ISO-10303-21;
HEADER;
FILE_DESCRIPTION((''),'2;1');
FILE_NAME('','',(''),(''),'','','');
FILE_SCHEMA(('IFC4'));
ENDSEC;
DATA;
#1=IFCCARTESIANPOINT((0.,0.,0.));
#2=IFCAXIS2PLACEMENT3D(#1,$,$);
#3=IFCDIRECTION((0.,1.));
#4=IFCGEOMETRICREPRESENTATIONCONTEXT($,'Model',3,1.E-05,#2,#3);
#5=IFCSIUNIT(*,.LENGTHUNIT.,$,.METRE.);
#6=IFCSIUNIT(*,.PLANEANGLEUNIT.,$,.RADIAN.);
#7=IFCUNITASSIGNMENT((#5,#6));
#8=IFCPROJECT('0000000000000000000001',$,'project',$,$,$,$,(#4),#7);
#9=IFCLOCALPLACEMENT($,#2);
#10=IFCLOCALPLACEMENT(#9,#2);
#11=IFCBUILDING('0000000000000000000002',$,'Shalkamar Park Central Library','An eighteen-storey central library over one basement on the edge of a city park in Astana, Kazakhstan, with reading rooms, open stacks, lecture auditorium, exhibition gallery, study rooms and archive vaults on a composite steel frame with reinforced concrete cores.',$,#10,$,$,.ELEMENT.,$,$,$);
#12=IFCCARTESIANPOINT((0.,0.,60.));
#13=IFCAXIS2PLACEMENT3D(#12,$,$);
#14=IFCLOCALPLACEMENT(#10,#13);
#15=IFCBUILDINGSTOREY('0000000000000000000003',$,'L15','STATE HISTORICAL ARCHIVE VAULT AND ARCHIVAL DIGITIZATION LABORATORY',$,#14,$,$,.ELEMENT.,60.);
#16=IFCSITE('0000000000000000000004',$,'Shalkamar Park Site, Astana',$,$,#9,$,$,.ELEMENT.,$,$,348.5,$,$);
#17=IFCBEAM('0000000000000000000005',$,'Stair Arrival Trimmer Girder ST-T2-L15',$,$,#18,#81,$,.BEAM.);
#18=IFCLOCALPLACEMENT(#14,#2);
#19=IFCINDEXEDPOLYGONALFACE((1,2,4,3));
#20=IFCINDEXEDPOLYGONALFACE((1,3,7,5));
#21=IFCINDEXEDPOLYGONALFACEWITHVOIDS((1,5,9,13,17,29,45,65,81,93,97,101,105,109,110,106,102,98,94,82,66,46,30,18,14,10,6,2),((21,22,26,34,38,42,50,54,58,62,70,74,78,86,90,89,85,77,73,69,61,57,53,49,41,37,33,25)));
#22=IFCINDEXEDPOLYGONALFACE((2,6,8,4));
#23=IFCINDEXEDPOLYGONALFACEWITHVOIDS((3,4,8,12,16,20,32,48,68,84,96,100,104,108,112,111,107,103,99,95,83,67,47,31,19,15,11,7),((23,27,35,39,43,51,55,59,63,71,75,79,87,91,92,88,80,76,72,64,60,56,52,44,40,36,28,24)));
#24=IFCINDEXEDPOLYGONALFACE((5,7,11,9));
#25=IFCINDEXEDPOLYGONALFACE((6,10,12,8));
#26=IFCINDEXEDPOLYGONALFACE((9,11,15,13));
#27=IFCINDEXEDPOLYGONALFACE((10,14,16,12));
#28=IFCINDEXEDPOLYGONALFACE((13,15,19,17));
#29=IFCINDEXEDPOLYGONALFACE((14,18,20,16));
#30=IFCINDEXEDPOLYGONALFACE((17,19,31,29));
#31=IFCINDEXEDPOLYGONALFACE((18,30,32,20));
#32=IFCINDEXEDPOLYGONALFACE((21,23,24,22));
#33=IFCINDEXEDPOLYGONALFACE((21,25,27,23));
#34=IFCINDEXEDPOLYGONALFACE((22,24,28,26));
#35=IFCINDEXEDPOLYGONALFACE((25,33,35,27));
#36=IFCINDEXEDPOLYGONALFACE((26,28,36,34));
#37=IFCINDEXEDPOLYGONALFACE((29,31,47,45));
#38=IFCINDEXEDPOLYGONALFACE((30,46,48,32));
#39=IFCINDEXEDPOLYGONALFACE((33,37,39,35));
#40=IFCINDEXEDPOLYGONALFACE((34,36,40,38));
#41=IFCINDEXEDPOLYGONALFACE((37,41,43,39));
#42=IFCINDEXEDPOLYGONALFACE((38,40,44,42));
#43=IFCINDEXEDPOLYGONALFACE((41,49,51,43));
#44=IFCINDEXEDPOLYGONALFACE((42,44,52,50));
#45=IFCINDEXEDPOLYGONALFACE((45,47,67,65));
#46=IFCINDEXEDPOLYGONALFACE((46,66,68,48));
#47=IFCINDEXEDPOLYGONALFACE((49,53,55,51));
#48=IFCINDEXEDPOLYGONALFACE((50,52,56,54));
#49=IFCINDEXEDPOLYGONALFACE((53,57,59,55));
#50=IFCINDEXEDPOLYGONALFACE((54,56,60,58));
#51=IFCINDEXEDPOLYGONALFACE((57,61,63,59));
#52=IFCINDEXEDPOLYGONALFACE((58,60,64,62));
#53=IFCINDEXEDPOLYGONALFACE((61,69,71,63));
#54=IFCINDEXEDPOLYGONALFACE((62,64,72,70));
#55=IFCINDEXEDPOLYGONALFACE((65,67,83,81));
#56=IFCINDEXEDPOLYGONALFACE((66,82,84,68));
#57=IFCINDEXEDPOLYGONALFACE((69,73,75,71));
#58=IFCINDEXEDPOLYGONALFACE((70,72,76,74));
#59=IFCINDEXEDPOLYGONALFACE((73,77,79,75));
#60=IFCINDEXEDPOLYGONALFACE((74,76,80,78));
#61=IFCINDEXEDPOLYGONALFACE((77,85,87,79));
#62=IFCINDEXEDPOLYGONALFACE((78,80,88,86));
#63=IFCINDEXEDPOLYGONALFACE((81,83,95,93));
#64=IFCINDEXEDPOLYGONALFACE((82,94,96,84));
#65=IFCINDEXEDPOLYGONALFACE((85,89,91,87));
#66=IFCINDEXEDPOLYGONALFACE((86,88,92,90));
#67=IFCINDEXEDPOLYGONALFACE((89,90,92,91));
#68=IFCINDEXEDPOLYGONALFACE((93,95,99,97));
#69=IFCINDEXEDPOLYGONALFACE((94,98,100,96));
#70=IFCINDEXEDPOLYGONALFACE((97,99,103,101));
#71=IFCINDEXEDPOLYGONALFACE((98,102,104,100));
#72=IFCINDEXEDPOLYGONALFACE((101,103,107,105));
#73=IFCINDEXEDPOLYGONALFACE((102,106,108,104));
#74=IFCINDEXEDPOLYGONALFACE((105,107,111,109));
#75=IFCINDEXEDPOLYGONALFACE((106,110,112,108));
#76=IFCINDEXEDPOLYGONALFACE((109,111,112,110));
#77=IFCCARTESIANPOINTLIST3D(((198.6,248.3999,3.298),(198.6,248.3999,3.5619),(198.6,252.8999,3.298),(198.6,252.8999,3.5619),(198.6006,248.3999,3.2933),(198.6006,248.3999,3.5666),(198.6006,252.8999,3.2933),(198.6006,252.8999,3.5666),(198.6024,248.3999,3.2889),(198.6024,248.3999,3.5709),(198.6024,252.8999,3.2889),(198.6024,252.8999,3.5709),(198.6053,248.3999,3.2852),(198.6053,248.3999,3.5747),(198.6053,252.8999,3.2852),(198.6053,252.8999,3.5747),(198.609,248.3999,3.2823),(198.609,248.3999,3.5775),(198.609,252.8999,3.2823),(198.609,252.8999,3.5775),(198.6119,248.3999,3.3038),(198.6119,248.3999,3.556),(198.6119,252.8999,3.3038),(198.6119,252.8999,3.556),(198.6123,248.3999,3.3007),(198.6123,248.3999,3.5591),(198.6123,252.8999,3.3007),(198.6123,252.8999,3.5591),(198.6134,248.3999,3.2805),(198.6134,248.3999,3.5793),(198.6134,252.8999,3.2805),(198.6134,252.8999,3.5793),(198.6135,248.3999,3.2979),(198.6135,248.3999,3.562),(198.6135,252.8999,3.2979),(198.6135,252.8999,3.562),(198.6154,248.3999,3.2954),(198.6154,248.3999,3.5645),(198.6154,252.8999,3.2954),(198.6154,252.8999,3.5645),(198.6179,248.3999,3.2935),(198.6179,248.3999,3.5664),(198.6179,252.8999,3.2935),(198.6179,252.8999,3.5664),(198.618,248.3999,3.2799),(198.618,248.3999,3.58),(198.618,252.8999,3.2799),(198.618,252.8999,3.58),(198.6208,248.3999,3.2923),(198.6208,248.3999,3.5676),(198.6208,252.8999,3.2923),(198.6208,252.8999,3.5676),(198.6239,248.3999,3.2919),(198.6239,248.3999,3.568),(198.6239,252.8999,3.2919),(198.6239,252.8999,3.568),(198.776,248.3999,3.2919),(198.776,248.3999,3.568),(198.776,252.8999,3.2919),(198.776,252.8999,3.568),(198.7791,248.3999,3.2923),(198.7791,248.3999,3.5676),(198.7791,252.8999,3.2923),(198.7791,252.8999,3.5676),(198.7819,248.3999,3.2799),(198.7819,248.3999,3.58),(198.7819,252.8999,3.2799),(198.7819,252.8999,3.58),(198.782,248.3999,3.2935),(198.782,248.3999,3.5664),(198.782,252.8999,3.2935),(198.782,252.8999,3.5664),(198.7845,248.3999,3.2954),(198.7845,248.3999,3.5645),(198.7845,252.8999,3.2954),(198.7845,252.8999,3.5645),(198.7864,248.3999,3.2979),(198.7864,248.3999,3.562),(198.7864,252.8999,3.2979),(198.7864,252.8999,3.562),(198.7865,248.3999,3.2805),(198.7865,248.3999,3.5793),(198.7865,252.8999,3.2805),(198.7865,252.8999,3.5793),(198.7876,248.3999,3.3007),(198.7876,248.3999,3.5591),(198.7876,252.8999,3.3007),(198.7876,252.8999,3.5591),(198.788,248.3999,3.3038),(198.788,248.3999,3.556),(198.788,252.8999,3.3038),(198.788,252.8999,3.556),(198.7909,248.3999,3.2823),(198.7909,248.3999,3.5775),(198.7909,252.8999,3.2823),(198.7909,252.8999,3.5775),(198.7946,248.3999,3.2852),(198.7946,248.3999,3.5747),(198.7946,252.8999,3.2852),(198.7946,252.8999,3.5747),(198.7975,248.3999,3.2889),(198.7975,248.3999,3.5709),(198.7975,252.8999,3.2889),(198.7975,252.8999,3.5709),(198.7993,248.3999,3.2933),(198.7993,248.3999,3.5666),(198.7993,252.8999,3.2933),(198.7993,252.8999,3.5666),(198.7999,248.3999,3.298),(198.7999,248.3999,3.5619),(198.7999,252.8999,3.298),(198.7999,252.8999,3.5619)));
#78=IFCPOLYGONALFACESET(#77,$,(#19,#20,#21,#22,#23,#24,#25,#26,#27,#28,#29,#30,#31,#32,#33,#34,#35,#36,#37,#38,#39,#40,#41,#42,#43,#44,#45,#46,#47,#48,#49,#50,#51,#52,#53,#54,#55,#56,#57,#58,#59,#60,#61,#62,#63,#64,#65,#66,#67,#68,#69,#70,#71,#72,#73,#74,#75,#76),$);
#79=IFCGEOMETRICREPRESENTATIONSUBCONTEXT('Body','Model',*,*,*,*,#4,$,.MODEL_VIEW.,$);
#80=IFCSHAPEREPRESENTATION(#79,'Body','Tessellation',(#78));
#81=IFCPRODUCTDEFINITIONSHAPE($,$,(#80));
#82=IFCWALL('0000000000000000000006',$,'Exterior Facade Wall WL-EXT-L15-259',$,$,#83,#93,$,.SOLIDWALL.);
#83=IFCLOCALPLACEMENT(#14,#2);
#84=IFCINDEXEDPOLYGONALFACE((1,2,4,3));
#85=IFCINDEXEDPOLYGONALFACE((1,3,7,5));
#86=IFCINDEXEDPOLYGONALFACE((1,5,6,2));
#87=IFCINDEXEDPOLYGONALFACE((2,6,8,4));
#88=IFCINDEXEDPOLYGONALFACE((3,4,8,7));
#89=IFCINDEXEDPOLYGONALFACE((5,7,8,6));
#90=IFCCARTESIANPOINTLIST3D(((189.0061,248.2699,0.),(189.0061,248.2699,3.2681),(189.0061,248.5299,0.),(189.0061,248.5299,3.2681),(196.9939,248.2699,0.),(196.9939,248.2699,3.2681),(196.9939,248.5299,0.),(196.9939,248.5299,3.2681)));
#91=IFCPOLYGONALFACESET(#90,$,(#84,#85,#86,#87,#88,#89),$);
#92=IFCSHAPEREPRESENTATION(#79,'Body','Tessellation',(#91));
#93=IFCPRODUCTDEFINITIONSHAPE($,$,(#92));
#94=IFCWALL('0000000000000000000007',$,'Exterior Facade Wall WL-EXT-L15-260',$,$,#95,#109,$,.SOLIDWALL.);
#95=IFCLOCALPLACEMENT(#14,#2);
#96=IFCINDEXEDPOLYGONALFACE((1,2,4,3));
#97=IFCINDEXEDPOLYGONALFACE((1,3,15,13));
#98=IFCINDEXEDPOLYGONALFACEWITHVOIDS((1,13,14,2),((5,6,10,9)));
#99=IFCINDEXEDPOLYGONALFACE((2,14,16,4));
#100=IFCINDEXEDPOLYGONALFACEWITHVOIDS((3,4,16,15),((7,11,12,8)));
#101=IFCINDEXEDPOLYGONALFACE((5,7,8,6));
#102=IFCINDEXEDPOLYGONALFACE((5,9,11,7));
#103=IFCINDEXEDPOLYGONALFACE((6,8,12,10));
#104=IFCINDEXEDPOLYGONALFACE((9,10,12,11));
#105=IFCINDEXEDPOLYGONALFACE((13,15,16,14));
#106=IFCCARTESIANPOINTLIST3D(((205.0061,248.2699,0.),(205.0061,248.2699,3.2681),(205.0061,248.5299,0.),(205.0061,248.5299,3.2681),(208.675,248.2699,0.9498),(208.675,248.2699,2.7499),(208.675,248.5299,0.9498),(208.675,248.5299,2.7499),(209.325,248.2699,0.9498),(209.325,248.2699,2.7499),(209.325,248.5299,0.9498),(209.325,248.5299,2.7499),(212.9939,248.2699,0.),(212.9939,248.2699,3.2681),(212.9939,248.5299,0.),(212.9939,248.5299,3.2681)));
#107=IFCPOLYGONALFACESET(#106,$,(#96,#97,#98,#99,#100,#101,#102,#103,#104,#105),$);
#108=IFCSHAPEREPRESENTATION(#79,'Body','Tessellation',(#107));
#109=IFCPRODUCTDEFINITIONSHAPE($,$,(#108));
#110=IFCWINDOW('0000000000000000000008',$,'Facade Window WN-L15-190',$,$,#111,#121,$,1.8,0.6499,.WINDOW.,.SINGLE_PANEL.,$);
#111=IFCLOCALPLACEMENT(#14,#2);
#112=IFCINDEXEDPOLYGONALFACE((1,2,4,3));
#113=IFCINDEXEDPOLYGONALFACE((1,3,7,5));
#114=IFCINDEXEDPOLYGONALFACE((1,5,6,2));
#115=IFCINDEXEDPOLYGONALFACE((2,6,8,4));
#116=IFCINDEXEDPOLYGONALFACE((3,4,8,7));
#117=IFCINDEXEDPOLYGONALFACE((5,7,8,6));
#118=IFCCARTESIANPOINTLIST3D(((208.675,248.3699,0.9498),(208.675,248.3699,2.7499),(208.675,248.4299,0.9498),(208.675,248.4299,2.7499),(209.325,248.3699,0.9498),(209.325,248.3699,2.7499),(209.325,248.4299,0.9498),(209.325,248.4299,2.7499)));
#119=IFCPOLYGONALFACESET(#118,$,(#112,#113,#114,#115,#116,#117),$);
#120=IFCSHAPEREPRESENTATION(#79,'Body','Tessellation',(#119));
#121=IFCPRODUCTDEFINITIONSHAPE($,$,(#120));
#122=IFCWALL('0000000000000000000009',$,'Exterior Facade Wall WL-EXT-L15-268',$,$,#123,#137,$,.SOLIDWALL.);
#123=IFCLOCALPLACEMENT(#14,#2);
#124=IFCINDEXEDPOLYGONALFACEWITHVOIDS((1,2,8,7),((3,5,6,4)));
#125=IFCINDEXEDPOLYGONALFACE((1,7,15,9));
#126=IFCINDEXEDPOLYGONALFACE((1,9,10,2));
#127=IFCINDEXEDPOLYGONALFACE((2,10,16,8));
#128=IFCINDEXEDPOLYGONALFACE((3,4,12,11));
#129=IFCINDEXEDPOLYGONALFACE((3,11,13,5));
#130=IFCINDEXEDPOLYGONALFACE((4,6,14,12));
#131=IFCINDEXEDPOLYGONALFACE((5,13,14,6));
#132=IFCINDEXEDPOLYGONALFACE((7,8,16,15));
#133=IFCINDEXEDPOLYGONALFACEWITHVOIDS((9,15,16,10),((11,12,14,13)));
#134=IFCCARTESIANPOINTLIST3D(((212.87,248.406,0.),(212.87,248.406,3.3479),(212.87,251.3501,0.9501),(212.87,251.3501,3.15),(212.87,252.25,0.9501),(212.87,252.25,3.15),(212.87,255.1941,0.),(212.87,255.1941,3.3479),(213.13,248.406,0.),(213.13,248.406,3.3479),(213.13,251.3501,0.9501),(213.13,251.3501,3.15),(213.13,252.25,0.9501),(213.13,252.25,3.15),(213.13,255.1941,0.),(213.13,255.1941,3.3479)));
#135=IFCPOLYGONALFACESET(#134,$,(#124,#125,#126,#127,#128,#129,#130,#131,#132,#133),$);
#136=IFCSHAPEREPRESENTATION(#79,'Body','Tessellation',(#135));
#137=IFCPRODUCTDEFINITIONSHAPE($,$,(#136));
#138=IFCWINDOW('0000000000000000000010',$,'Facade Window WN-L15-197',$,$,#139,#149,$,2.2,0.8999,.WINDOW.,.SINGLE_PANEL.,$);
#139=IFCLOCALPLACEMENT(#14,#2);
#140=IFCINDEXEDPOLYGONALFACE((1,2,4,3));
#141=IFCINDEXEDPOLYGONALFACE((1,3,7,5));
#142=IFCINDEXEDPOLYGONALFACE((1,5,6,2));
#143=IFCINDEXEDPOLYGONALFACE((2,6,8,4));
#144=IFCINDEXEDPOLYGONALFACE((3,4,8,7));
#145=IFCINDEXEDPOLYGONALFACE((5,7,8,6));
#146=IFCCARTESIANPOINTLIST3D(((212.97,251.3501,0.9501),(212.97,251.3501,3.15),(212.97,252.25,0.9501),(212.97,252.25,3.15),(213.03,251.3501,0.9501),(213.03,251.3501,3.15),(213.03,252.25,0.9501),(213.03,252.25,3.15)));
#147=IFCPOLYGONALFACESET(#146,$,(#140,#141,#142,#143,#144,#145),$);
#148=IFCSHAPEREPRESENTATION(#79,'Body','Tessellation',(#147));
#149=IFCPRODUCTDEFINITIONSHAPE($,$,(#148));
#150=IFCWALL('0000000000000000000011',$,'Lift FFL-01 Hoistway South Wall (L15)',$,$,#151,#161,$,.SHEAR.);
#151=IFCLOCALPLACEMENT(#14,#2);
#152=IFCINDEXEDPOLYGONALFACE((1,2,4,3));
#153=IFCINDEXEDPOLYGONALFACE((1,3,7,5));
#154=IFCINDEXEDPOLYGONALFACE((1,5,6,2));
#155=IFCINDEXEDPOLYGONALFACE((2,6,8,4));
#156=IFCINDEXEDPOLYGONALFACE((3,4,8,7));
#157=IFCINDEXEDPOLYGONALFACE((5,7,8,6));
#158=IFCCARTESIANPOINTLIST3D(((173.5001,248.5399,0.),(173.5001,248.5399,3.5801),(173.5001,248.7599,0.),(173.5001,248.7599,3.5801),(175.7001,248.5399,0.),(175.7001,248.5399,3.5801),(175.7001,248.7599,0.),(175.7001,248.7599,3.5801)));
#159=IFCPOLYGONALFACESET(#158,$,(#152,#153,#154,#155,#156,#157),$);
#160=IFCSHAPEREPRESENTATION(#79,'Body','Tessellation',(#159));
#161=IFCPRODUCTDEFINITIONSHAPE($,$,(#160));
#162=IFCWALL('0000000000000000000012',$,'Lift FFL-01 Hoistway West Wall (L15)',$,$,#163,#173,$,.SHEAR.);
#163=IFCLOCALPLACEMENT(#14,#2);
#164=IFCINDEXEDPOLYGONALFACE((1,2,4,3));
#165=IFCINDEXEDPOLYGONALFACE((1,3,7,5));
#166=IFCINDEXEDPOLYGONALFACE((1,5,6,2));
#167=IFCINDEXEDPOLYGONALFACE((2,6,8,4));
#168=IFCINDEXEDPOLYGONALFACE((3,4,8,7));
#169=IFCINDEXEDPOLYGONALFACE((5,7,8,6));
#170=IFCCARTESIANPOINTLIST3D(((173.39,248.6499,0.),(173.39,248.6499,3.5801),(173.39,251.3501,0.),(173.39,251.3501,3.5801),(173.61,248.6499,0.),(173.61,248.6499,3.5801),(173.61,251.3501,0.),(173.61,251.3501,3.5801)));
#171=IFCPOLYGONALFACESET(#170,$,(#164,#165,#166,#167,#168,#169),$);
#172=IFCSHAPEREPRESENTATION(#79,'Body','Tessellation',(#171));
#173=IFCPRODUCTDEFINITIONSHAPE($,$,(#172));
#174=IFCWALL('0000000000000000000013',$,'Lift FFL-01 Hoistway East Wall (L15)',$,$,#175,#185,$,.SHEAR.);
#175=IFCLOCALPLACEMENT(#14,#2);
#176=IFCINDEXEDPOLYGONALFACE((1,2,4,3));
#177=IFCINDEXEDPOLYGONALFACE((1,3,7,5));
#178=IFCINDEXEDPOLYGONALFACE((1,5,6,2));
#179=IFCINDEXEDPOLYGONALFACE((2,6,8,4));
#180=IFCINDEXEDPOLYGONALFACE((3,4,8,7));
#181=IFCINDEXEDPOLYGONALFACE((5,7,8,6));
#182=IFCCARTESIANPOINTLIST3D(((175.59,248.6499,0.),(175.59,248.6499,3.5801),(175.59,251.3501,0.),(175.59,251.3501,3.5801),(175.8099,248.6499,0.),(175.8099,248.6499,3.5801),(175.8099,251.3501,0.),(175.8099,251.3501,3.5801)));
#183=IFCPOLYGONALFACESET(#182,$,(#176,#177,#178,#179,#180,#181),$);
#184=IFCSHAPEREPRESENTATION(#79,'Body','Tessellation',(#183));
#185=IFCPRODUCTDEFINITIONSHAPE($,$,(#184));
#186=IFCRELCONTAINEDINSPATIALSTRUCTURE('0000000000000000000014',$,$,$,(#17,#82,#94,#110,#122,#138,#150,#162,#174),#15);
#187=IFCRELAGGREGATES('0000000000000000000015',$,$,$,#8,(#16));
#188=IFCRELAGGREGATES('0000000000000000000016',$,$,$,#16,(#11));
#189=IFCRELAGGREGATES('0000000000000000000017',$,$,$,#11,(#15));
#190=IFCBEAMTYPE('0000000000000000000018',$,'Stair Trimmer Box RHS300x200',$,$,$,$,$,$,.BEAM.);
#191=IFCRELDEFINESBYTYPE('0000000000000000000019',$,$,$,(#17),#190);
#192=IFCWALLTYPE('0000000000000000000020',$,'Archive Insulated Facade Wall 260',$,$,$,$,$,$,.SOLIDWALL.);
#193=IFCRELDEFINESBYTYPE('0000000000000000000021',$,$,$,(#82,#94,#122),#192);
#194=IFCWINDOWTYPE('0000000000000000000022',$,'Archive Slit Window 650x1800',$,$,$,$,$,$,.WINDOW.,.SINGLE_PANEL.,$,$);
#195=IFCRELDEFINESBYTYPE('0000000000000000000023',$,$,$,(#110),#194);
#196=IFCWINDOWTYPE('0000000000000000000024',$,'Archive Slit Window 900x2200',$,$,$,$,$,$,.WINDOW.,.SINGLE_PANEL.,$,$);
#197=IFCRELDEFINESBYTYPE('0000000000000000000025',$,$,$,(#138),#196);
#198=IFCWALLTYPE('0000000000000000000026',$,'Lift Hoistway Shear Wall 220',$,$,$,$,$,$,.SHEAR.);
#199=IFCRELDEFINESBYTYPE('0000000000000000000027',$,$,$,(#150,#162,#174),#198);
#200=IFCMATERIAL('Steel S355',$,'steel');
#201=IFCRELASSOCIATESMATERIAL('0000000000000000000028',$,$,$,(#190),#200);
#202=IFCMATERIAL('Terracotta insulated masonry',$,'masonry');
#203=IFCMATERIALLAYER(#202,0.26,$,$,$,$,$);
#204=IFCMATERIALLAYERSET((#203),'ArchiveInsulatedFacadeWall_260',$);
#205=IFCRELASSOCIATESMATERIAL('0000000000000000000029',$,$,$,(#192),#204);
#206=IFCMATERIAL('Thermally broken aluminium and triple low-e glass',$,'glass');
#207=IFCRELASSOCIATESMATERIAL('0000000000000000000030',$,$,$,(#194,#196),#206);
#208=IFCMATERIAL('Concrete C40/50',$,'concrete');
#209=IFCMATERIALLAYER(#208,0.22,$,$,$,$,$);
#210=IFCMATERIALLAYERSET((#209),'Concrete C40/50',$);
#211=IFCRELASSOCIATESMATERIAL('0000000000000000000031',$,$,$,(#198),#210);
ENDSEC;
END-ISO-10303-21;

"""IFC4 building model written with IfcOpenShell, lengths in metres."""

from ifc_helpers import new_model, si_unit, direction, frame, frame_2d, origin, origin_2d, place, context, subcontext, project, spatial, rectangle, hollow_rectangle, extrude, material, layer, layer_set, material_profile, profile_set, type_object, element, fill, save


model = new_model("IFC4")

# Units and contexts
model_context = context("Model", 3, precision=1e-05, world=origin(), true_north=direction((0.0, 1.0)))
body_context = subcontext(model_context, "Body", "Model", "MODEL_VIEW")
ifc_project = project(units=[si_unit("LENGTHUNIT", "METRE"), si_unit("PLANEANGLEUNIT", "RADIAN")], contexts=[model_context])

# Site, building, storey
site_placement = place(None, origin())
site = spatial("IfcSite", under=ifc_project, at=site_placement, Name="Shalkamar Park Site, Astana", CompositionType="ELEMENT", RefElevation=348.5)
building_placement = place(site_placement, origin())
building = spatial("IfcBuilding", under=site, at=building_placement, Name="Shalkamar Park Central Library", Description="An eighteen-storey central library over one basement on the edge of a city park in Astana, Kazakhstan, with reading rooms, open stacks, lecture auditorium, exhibition gallery, study rooms and archive vaults on a composite steel frame with reinforced concrete cores.", CompositionType="ELEMENT")
storey_placement = place(building_placement, frame((0.0, 0.0, 60.0)))
storey = spatial("IfcBuildingStorey", under=building, at=storey_placement, Name="L15", Description="STATE HISTORICAL ARCHIVE VAULT AND ARCHIVAL DIGITIZATION LABORATORY", CompositionType="ELEMENT", Elevation=60.0)

# Beam
ifc_material_1 = material(Name="Steel S355", Category="steel")
ifc_material_profile_1 = material_profile(ifc_material_1, hollow_rectangle(XDim=0.2, YDim=0.3, WallThickness=0.012, InnerFilletRadius=0.012, OuterFilletRadius=0.0181, at=origin_2d()), Name="RHS 300x200x12")
ifc_profile_set_1 = profile_set([ifc_material_profile_1], Name="Steel S355")
beam_type_1 = type_object("IfcBeamType", Name="Stair Trimmer Box RHS300x200", PredefinedType="BEAM", material=ifc_profile_set_1)
for number, where, z_axis, x_axis, name in (
    (1, (198.7, 248.3999, 3.4299), (0.0, 1.0, 0.0), (-1.0, 0.0, 0.0), "Stair Arrival Trimmer Girder ST-T2-L15"),
):
    element("IfcBeam", number, at=place(storey_placement, frame(where, z_axis=z_axis, x_axis=x_axis)), inside=storey, type_object=beam_type_1, Name=name, PredefinedType="BEAM", context=body_context, shape_type="SweptSolid", body=[
        extrude(hollow_rectangle(XDim=0.2, YDim=0.3, WallThickness=0.012, InnerFilletRadius=0.012, OuterFilletRadius=0.0181, at=origin_2d()), origin(), (0.0, 0.0, 1.0), 4.5),
    ])

# Wall
ifc_material_2 = material(Name="Terracotta insulated masonry", Category="masonry")
ifc_layer_1 = layer(ifc_material_2, 0.26)
ifc_layer_set_1 = layer_set([ifc_layer_1], Name="ArchiveInsulatedFacadeWall_260")
wall_type_1 = type_object("IfcWallType", Name="Archive Insulated Facade Wall 260", PredefinedType="SOLIDWALL", material=ifc_layer_set_1)
wall_1_placement = place(storey_placement, frame((189.0061, 248.3999, 0.0), z_axis=(0.0, 0.0, 1.0), x_axis=(1.0, 0.0, 0.0)))
element("IfcWall", 2, at=wall_1_placement, inside=storey, type_object=wall_type_1, Name="Exterior Facade Wall WL-EXT-L15-259", PredefinedType="SOLIDWALL", context=body_context, shape_type="SweptSolid", body=[
    extrude(rectangle(XDim=7.9878, YDim=0.26, at=frame_2d((3.9939, 0.0))), origin(), (0.0, 0.0, 1.0), 3.2681),
])

# Walls, openings, windows
wall_2_placement = place(storey_placement, frame((205.0061, 248.3999, 0.0), z_axis=(0.0, 0.0, 1.0), x_axis=(1.0, 0.0, 0.0)))
wall_2 = element("IfcWall", 3, at=wall_2_placement, inside=storey, type_object=wall_type_1, Name="Exterior Facade Wall WL-EXT-L15-260", PredefinedType="SOLIDWALL", context=body_context, shape_type="SweptSolid", body=[
    extrude(rectangle(XDim=7.9878, YDim=0.26, at=frame_2d((3.9939, 0.0))), origin(), (0.0, 0.0, 1.0), 3.2681),
])
opening_1_placement = place(wall_2_placement, frame((3.6689, 0.0, 0.95)))
opening_1 = element("IfcOpeningElement", 4, at=opening_1_placement, cuts=wall_2, PredefinedType="OPENING", context=body_context, shape_type="SweptSolid", body=[
    extrude(rectangle(XDim=0.6499, YDim=1.8, at=frame_2d((0.325, 0.8999))), frame((0.0, 0.145, 0.0), z_axis=(0.0, -1.0, 0.0), x_axis=(1.0, 0.0, 0.0)), (0.0, 0.0, 1.0), 0.2898),
])
ifc_material_3 = material(Name="Thermally broken aluminium and triple low-e glass", Category="glass")
window_type_1 = type_object("IfcWindowType", Name="Archive Slit Window 650x1800", PartitioningType="SINGLE_PANEL", PredefinedType="WINDOW", material=ifc_material_3)
window_1_placement = place(opening_1_placement, origin())
window_1 = element("IfcWindow", 5, at=window_1_placement, inside=storey, type_object=window_type_1, Name="Facade Window WN-L15-190", OverallHeight=1.8, OverallWidth=0.6499, PartitioningType="SINGLE_PANEL", PredefinedType="WINDOW", context=body_context, shape_type="SweptSolid", body=[
    extrude(rectangle(XDim=0.6499, YDim=1.8, at=frame_2d((0.325, 0.8999))), frame((0.0, 0.03, 0.0), z_axis=(0.0, -1.0, 0.0), x_axis=(1.0, 0.0, 0.0)), (0.0, 0.0, 1.0), 0.0601),
])
fill(opening_1, window_1)
wall_3_placement = place(storey_placement, frame((213.0, 248.406, 0.0), z_axis=(0.0, 0.0, 1.0), x_axis=(0.0, 1.0, 0.0)))
wall_3 = element("IfcWall", 6, at=wall_3_placement, inside=storey, type_object=wall_type_1, Name="Exterior Facade Wall WL-EXT-L15-268", PredefinedType="SOLIDWALL", context=body_context, shape_type="SweptSolid", body=[
    extrude(rectangle(XDim=6.7881, YDim=0.26, at=frame_2d((3.394, 0.0))), origin(), (0.0, 0.0, 1.0), 3.3479),
])
opening_2_placement = place(wall_3_placement, frame((2.9441, 0.0, 0.95)))
opening_2 = element("IfcOpeningElement", 7, at=opening_2_placement, cuts=wall_3, PredefinedType="OPENING", context=body_context, shape_type="SweptSolid", body=[
    extrude(rectangle(XDim=0.8999, YDim=2.2, at=frame_2d((0.45, 1.1001))), frame((0.0, 0.145, 0.0), z_axis=(0.0, -1.0, 0.0), x_axis=(1.0, 0.0, 0.0)), (0.0, 0.0, 1.0), 0.2898),
])
window_type_2 = type_object("IfcWindowType", Name="Archive Slit Window 900x2200", PartitioningType="SINGLE_PANEL", PredefinedType="WINDOW", material=ifc_material_3)
window_2_placement = place(opening_2_placement, origin())
window_2 = element("IfcWindow", 8, at=window_2_placement, inside=storey, type_object=window_type_2, Name="Facade Window WN-L15-197", OverallHeight=2.2, OverallWidth=0.8999, PartitioningType="SINGLE_PANEL", PredefinedType="WINDOW", context=body_context, shape_type="SweptSolid", body=[
    extrude(rectangle(XDim=0.8999, YDim=2.2, at=frame_2d((0.45, 1.1001))), frame((0.0, 0.03, 0.0), z_axis=(0.0, -1.0, 0.0), x_axis=(1.0, 0.0, 0.0)), (0.0, 0.0, 1.0), 0.0601),
])
fill(opening_2, window_2)

# Walls
ifc_material_4 = material(Name="Concrete C40/50", Category="concrete")
ifc_layer_2 = layer(ifc_material_4, 0.22)
ifc_layer_set_2 = layer_set([ifc_layer_2], Name="Concrete C40/50")
wall_type_2 = type_object("IfcWallType", Name="Lift Hoistway Shear Wall 220", PredefinedType="SHEAR", material=ifc_layer_set_2)
wall_4_placement = place(storey_placement, frame((173.5, 248.6499, 0.0), z_axis=(0.0, 0.0, 1.0), x_axis=(1.0, 0.0, 0.0)))
element("IfcWall", 9, at=wall_4_placement, inside=storey, type_object=wall_type_2, Name="Lift FFL-01 Hoistway South Wall (L15)", PredefinedType="SHEAR", context=body_context, shape_type="SweptSolid", body=[
    extrude(rectangle(XDim=2.2, YDim=0.22, at=frame_2d((1.1001, 0.0))), origin(), (0.0, 0.0, 1.0), 3.5801),
])
for number, where, z_axis, x_axis, name in (
    (10, (173.5, 248.6499, 0.0), (0.0, 0.0, 1.0), (0.0, 1.0, 0.0), "Lift FFL-01 Hoistway West Wall (L15)"),
    (11, (175.7, 248.6499, 0.0), (0.0, 0.0, 1.0), (0.0, 1.0, 0.0), "Lift FFL-01 Hoistway East Wall (L15)"),
):
    element("IfcWall", number, at=place(storey_placement, frame(where, z_axis=z_axis, x_axis=x_axis)), inside=storey, type_object=wall_type_2, Name=name, PredefinedType="SHEAR", context=body_context, shape_type="SweptSolid", body=[
        extrude(rectangle(XDim=2.7002, YDim=0.22, at=frame_2d((1.3501, 0.0))), origin(), (0.0, 0.0, 1.0), 3.5801),
    ])

save(model, "model.ifc")
